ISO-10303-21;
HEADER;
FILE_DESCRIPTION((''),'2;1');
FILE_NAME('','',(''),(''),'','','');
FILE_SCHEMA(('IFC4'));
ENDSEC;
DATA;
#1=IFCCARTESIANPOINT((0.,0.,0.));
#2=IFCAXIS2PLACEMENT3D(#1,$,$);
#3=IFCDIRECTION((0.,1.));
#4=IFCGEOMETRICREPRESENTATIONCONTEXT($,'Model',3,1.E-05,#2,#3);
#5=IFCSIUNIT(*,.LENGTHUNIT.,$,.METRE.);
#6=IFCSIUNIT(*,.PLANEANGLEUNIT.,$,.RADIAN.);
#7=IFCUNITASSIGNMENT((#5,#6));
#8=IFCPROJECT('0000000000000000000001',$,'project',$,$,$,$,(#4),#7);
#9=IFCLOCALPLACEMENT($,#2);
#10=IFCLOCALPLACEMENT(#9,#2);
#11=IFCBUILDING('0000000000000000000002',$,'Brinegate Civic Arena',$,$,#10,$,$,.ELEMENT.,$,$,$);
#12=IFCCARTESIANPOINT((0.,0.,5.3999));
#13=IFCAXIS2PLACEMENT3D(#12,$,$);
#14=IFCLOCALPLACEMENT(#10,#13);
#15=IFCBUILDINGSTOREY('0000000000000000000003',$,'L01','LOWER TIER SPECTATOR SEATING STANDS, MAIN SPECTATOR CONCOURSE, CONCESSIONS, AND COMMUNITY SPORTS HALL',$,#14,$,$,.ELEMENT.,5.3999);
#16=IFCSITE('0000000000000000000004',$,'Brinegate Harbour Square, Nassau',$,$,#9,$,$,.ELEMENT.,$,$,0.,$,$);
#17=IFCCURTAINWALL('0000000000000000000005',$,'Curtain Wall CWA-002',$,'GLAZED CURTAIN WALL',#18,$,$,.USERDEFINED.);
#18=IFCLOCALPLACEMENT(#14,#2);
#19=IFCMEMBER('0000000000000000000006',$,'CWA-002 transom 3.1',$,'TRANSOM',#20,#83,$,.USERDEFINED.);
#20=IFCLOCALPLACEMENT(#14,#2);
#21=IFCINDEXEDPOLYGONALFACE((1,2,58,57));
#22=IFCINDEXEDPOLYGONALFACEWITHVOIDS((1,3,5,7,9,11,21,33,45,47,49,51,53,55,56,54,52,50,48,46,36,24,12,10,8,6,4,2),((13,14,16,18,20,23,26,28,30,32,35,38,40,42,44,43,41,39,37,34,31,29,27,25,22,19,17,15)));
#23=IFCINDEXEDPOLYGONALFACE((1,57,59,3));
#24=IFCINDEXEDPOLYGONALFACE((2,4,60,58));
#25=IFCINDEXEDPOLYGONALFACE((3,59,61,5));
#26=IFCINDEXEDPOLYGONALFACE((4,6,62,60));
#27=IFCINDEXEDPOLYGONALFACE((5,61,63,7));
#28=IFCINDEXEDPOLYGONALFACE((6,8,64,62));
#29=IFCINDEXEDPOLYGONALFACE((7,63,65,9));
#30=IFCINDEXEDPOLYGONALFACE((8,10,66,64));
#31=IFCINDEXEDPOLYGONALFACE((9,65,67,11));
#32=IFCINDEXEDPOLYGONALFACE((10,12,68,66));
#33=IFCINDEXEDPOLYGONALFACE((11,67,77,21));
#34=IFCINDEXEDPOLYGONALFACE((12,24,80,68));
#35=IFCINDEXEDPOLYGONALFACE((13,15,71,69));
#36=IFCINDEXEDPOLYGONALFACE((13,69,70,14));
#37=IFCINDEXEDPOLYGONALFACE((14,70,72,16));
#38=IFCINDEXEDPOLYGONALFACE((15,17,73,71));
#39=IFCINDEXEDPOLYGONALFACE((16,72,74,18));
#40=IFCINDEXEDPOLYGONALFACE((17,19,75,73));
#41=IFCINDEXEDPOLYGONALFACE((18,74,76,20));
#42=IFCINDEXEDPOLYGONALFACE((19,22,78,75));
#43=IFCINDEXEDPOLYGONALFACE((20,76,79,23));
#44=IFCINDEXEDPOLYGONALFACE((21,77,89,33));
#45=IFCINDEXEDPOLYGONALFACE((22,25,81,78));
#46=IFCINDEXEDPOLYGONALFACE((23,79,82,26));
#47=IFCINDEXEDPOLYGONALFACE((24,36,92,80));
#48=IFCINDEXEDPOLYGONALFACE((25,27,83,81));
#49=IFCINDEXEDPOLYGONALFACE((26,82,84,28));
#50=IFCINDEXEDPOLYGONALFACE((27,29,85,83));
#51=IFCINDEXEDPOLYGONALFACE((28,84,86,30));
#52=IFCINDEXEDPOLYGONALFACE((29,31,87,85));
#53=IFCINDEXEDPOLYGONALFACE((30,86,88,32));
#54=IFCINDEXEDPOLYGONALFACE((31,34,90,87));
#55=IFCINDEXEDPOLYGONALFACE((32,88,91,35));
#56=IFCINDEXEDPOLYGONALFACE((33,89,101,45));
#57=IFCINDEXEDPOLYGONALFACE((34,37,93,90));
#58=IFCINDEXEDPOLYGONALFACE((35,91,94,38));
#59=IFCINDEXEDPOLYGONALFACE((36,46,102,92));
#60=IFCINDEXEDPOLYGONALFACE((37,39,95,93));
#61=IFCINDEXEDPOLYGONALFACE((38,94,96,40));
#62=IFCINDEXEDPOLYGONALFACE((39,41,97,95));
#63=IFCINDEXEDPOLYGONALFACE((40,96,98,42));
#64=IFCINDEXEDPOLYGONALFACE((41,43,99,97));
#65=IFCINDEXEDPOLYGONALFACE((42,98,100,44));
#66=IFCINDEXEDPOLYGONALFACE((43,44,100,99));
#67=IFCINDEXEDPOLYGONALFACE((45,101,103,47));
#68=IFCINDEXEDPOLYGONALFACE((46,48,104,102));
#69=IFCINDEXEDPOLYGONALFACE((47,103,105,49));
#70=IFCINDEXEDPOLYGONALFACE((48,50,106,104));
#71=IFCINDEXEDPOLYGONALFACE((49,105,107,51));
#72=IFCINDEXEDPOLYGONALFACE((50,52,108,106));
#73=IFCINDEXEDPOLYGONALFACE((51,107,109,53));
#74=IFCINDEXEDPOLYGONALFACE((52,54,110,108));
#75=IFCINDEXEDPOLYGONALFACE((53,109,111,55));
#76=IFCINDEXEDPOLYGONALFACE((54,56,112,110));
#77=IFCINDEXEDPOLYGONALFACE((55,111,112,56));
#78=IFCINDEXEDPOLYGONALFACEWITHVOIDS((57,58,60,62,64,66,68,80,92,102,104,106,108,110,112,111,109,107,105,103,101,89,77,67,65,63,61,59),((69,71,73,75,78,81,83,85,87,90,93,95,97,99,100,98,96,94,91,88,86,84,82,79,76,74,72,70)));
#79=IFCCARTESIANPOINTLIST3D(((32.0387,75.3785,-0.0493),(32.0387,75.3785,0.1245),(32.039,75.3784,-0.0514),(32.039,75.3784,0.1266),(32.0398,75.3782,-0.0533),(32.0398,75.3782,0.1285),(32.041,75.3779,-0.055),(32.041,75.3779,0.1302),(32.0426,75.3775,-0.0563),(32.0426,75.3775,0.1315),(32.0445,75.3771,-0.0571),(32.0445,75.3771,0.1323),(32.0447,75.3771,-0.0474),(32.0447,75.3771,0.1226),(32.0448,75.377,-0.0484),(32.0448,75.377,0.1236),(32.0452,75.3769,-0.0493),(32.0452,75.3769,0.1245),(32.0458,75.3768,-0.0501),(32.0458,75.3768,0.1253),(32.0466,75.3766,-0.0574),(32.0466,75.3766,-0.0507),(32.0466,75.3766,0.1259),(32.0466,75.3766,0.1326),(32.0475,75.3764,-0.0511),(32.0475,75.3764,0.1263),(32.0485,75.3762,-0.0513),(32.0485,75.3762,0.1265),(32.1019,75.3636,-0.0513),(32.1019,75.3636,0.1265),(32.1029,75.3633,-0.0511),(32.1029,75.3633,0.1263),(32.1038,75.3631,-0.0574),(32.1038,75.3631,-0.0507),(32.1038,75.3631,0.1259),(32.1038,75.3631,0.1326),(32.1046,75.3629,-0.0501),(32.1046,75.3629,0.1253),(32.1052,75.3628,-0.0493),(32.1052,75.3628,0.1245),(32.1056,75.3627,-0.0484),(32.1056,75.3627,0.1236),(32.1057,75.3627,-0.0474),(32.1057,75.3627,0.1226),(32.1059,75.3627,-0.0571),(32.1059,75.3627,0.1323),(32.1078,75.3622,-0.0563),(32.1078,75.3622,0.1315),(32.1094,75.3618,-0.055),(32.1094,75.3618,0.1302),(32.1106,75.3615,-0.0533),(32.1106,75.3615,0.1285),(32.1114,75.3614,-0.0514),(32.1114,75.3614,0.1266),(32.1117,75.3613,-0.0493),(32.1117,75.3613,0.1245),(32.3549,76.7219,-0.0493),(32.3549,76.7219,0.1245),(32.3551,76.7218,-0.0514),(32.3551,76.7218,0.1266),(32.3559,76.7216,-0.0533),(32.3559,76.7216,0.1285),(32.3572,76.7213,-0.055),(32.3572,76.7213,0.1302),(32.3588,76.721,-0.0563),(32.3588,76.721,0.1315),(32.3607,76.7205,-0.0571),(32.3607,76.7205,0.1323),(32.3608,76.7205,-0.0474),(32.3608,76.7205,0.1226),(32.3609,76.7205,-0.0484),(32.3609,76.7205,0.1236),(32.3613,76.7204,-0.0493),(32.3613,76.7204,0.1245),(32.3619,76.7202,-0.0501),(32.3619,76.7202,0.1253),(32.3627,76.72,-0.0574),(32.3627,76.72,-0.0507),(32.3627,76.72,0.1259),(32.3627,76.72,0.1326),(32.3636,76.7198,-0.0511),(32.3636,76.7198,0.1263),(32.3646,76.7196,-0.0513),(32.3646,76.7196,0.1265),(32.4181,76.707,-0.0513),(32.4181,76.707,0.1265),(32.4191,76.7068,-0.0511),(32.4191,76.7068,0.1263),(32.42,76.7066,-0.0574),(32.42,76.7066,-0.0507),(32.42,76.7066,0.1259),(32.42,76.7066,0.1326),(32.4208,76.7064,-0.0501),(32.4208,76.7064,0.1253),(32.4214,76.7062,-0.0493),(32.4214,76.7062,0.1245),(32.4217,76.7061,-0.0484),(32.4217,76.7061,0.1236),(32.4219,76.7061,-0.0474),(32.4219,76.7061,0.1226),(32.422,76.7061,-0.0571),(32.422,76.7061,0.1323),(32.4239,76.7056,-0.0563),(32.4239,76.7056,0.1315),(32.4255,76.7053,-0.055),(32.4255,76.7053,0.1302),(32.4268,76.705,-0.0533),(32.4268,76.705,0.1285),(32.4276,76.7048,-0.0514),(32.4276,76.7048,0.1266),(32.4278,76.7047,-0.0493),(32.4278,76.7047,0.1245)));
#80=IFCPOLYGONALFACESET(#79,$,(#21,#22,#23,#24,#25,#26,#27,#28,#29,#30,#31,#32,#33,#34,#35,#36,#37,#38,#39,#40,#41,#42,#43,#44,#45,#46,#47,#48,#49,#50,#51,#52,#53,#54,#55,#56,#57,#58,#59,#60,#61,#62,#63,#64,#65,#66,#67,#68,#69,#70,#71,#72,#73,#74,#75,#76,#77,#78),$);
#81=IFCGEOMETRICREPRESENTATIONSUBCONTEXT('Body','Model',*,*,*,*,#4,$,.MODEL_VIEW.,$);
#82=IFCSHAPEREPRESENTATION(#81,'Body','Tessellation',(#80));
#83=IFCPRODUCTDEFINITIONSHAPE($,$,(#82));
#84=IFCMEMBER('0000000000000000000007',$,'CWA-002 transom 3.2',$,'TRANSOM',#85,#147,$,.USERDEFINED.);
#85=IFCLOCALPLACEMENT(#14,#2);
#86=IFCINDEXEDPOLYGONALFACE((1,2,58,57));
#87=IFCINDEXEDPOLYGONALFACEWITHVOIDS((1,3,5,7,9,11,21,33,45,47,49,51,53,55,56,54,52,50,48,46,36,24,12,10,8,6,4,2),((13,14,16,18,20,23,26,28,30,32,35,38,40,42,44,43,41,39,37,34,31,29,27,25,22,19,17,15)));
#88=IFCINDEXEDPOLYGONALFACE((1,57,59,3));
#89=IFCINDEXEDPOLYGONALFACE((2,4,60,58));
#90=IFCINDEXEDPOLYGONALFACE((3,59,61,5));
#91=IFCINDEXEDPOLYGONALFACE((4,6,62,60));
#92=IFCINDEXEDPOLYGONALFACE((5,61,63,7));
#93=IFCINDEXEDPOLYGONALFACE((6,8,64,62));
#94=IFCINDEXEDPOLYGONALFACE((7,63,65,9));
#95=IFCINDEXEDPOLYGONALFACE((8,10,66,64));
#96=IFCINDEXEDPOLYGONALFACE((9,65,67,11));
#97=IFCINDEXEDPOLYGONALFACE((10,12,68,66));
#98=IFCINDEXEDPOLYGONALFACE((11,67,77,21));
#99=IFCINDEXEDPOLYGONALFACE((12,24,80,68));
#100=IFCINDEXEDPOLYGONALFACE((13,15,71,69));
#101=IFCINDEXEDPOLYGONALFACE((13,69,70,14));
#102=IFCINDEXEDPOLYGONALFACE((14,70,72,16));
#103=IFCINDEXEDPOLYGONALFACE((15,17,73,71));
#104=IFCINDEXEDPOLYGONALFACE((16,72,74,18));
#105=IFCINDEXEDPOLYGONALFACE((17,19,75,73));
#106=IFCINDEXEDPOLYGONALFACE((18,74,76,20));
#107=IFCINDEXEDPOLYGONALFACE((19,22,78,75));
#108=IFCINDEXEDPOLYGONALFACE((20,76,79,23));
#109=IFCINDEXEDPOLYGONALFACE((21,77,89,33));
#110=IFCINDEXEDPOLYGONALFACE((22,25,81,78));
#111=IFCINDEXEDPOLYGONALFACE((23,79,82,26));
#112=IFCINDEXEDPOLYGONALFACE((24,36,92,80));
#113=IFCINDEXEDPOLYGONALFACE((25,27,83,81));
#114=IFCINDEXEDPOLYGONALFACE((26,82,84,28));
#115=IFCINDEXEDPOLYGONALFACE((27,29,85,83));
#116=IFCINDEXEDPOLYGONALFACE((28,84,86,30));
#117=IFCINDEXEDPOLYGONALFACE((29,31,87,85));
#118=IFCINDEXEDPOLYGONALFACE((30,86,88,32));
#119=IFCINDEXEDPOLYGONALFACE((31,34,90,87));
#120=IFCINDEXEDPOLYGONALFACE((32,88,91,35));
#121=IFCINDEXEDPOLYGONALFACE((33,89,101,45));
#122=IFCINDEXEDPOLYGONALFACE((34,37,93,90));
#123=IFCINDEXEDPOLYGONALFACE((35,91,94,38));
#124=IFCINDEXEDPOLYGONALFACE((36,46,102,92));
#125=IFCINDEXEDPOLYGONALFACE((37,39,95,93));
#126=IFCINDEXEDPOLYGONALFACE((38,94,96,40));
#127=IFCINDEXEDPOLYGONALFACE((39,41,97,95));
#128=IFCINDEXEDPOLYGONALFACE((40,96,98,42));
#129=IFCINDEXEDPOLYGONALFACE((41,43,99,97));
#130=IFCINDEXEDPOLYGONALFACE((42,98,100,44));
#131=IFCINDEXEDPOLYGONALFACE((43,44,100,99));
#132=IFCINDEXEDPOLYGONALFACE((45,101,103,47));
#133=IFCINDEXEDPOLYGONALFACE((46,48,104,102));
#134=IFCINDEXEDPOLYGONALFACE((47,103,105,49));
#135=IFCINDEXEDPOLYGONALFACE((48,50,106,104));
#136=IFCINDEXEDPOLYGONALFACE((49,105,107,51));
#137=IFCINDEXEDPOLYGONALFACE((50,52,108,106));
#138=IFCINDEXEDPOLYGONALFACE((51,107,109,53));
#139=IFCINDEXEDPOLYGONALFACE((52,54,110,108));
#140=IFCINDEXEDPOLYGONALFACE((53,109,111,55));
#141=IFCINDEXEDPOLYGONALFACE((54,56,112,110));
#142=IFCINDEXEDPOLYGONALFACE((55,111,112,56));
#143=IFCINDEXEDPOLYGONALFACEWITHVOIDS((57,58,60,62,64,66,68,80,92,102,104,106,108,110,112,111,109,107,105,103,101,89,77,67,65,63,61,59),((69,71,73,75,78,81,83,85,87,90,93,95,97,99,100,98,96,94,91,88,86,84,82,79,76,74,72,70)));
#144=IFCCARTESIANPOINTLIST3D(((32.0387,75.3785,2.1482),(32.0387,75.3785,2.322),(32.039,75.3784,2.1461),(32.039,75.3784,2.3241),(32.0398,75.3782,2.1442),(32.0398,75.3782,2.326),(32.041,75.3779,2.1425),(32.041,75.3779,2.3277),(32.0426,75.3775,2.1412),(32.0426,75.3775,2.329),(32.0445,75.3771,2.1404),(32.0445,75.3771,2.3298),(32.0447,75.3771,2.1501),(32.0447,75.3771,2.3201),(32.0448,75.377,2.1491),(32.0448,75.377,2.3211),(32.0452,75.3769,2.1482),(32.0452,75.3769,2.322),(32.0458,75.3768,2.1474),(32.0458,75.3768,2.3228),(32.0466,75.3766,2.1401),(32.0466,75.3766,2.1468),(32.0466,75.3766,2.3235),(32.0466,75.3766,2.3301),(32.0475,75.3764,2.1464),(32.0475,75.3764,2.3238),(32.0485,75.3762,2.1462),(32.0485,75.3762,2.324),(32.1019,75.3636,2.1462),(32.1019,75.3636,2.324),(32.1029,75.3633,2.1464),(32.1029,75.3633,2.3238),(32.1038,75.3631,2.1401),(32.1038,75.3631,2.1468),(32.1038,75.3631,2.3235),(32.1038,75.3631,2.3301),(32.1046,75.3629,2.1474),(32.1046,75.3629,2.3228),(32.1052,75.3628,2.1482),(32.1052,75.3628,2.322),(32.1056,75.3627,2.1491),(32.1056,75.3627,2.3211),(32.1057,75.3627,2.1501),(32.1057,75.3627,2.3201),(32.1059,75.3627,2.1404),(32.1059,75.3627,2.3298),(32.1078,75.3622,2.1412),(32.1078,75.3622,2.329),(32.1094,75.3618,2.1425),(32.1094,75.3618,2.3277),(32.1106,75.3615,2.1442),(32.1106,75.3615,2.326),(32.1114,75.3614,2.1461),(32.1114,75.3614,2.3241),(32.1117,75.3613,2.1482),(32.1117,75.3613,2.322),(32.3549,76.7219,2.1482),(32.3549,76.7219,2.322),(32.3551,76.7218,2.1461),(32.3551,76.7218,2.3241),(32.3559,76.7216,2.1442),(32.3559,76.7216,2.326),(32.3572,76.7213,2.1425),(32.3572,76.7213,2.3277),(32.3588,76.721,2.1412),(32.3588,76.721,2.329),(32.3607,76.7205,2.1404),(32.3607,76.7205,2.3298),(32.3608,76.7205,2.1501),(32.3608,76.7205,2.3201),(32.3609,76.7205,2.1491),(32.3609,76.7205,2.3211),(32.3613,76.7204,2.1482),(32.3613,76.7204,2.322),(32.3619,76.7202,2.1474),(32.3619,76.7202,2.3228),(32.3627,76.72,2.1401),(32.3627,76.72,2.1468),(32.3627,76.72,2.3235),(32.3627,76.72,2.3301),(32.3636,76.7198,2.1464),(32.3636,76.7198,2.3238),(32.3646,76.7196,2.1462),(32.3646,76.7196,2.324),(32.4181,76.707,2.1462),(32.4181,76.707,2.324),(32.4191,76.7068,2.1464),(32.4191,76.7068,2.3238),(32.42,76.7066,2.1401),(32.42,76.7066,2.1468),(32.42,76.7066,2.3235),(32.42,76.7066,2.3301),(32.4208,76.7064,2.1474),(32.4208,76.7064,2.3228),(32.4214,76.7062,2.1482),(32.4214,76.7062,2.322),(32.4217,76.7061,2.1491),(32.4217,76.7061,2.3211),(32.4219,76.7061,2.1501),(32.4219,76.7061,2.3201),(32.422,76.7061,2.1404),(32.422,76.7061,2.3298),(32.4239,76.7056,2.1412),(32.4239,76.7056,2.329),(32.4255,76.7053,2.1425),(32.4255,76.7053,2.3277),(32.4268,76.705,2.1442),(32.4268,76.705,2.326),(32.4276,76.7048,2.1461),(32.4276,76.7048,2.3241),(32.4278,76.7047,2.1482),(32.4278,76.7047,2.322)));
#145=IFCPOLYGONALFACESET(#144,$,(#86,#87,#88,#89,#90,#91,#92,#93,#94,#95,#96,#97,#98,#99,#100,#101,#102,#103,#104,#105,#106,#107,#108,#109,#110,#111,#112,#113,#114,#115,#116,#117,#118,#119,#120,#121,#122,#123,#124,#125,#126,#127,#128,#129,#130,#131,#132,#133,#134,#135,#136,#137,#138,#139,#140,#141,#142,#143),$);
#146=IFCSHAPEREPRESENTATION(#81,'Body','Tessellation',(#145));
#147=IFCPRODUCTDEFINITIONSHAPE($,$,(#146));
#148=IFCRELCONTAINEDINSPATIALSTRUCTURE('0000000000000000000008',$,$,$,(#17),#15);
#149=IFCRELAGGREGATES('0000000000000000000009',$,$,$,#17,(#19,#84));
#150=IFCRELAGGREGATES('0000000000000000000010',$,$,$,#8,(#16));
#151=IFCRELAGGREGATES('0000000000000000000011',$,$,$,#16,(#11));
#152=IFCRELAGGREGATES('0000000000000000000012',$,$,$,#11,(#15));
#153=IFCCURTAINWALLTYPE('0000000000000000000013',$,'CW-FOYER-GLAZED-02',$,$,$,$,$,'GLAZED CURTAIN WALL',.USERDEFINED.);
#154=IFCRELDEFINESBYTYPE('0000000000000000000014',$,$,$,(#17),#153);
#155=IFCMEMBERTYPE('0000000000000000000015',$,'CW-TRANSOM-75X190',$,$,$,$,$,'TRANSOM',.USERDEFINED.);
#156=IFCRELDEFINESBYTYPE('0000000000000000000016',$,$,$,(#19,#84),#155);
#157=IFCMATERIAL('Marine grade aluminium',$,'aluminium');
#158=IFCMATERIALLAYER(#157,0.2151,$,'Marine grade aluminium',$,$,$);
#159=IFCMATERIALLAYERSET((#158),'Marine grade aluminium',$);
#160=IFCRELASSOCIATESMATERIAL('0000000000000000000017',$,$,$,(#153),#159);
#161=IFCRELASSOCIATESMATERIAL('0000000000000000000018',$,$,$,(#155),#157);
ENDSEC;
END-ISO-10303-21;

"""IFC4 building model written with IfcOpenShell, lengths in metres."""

from ifc_helpers import new_model, si_unit, direction, frame, origin, origin_2d, place, context, subcontext, project, spatial, hollow_rectangle, extrude, material, layer, layer_set, material_profile, profile_set, type_object, element, aggregate, save


model = new_model("IFC4")

# Units and contexts
model_context = context("Model", 3, precision=1e-05, world=origin(), true_north=direction((0.0, 1.0)))
body_context = subcontext(model_context, "Body", "Model", "MODEL_VIEW")
ifc_project = project(units=[si_unit("LENGTHUNIT", "METRE"), si_unit("PLANEANGLEUNIT", "RADIAN")], contexts=[model_context])

# Site, building, storey
site_placement = place(None, origin())
site = spatial("IfcSite", under=ifc_project, at=site_placement, Name="Brinegate Harbour Square, Nassau", CompositionType="ELEMENT", RefElevation=0.0)
building_placement = place(site_placement, origin())
building = spatial("IfcBuilding", under=site, at=building_placement, Name="Brinegate Civic Arena", CompositionType="ELEMENT")
storey_placement = place(building_placement, frame((0.0, 0.0, 5.3999)))
storey = spatial("IfcBuildingStorey", under=building, at=storey_placement, Name="L01", Description="LOWER TIER SPECTATOR SEATING STANDS, MAIN SPECTATOR CONCOURSE, CONCESSIONS, AND COMMUNITY SPORTS HALL", CompositionType="ELEMENT", Elevation=5.3999)

# Curtain wall, members
ifc_material_1 = material(Name="Marine grade aluminium", Category="aluminium")
ifc_layer_1 = layer(ifc_material_1, 0.2151, Name="Marine grade aluminium")
ifc_layer_set_1 = layer_set([ifc_layer_1], Name="Marine grade aluminium")
curtain_wall_type = type_object("IfcCurtainWallType", Name="CW-FOYER-GLAZED-02", ElementType="GLAZED CURTAIN WALL", PredefinedType="USERDEFINED", material=ifc_layer_set_1)
curtain_wall_placement = place(storey_placement, origin())
curtain_wall = element("IfcCurtainWall", 1, at=curtain_wall_placement, inside=storey, type_object=curtain_wall_type, Name="Curtain Wall CWA-002", ObjectType="GLAZED CURTAIN WALL", PredefinedType="USERDEFINED")
ifc_material_profile_1 = material_profile(ifc_material_1, hollow_rectangle(XDim=0.075, YDim=0.1899, WallThickness=0.0061, InnerFilletRadius=0.0039, OuterFilletRadius=0.0081, at=origin_2d()), Name="TRN75X190")
ifc_profile_set_1 = profile_set([ifc_material_profile_1], Name="Marine grade aluminium")
member_type_1 = type_object("IfcMemberType", Name="CW-TRANSOM-75X190", ElementType="TRANSOM", PredefinedType="USERDEFINED", material=ifc_profile_set_1)
member_1_placement = place(storey_placement, frame((32.0752, 75.3699, 0.0376), z_axis=(0.229069, 0.97341, 0.0), x_axis=(-0.97341, 0.229069, 0.0)))
member_1 = element("IfcMember", 2, at=member_1_placement, type_object=member_type_1, Name="CWA-002 transom 3.1", ObjectType="TRANSOM", PredefinedType="USERDEFINED", context=body_context, shape_type="SweptSolid", body=[
    extrude(hollow_rectangle(XDim=0.075, YDim=0.1899, WallThickness=0.0061, InnerFilletRadius=0.0039, OuterFilletRadius=0.0081, at=origin_2d()), origin(), (0.0, 0.0, 1.0), 1.3801),
])
member_2_placement = place(storey_placement, frame((32.0752, 75.3699, 2.2351), z_axis=(0.229069, 0.97341, 0.0), x_axis=(-0.97341, 0.229069, 0.0)))
member_2 = element("IfcMember", 3, at=member_2_placement, type_object=member_type_1, Name="CWA-002 transom 3.2", ObjectType="TRANSOM", PredefinedType="USERDEFINED", context=body_context, shape_type="SweptSolid", body=[
    extrude(hollow_rectangle(XDim=0.075, YDim=0.1899, WallThickness=0.0061, InnerFilletRadius=0.0039, OuterFilletRadius=0.0081, at=origin_2d()), origin(), (0.0, 0.0, 1.0), 1.3801),
])
aggregate(curtain_wall, [member_1, member_2])

save(model, "model.ifc")
